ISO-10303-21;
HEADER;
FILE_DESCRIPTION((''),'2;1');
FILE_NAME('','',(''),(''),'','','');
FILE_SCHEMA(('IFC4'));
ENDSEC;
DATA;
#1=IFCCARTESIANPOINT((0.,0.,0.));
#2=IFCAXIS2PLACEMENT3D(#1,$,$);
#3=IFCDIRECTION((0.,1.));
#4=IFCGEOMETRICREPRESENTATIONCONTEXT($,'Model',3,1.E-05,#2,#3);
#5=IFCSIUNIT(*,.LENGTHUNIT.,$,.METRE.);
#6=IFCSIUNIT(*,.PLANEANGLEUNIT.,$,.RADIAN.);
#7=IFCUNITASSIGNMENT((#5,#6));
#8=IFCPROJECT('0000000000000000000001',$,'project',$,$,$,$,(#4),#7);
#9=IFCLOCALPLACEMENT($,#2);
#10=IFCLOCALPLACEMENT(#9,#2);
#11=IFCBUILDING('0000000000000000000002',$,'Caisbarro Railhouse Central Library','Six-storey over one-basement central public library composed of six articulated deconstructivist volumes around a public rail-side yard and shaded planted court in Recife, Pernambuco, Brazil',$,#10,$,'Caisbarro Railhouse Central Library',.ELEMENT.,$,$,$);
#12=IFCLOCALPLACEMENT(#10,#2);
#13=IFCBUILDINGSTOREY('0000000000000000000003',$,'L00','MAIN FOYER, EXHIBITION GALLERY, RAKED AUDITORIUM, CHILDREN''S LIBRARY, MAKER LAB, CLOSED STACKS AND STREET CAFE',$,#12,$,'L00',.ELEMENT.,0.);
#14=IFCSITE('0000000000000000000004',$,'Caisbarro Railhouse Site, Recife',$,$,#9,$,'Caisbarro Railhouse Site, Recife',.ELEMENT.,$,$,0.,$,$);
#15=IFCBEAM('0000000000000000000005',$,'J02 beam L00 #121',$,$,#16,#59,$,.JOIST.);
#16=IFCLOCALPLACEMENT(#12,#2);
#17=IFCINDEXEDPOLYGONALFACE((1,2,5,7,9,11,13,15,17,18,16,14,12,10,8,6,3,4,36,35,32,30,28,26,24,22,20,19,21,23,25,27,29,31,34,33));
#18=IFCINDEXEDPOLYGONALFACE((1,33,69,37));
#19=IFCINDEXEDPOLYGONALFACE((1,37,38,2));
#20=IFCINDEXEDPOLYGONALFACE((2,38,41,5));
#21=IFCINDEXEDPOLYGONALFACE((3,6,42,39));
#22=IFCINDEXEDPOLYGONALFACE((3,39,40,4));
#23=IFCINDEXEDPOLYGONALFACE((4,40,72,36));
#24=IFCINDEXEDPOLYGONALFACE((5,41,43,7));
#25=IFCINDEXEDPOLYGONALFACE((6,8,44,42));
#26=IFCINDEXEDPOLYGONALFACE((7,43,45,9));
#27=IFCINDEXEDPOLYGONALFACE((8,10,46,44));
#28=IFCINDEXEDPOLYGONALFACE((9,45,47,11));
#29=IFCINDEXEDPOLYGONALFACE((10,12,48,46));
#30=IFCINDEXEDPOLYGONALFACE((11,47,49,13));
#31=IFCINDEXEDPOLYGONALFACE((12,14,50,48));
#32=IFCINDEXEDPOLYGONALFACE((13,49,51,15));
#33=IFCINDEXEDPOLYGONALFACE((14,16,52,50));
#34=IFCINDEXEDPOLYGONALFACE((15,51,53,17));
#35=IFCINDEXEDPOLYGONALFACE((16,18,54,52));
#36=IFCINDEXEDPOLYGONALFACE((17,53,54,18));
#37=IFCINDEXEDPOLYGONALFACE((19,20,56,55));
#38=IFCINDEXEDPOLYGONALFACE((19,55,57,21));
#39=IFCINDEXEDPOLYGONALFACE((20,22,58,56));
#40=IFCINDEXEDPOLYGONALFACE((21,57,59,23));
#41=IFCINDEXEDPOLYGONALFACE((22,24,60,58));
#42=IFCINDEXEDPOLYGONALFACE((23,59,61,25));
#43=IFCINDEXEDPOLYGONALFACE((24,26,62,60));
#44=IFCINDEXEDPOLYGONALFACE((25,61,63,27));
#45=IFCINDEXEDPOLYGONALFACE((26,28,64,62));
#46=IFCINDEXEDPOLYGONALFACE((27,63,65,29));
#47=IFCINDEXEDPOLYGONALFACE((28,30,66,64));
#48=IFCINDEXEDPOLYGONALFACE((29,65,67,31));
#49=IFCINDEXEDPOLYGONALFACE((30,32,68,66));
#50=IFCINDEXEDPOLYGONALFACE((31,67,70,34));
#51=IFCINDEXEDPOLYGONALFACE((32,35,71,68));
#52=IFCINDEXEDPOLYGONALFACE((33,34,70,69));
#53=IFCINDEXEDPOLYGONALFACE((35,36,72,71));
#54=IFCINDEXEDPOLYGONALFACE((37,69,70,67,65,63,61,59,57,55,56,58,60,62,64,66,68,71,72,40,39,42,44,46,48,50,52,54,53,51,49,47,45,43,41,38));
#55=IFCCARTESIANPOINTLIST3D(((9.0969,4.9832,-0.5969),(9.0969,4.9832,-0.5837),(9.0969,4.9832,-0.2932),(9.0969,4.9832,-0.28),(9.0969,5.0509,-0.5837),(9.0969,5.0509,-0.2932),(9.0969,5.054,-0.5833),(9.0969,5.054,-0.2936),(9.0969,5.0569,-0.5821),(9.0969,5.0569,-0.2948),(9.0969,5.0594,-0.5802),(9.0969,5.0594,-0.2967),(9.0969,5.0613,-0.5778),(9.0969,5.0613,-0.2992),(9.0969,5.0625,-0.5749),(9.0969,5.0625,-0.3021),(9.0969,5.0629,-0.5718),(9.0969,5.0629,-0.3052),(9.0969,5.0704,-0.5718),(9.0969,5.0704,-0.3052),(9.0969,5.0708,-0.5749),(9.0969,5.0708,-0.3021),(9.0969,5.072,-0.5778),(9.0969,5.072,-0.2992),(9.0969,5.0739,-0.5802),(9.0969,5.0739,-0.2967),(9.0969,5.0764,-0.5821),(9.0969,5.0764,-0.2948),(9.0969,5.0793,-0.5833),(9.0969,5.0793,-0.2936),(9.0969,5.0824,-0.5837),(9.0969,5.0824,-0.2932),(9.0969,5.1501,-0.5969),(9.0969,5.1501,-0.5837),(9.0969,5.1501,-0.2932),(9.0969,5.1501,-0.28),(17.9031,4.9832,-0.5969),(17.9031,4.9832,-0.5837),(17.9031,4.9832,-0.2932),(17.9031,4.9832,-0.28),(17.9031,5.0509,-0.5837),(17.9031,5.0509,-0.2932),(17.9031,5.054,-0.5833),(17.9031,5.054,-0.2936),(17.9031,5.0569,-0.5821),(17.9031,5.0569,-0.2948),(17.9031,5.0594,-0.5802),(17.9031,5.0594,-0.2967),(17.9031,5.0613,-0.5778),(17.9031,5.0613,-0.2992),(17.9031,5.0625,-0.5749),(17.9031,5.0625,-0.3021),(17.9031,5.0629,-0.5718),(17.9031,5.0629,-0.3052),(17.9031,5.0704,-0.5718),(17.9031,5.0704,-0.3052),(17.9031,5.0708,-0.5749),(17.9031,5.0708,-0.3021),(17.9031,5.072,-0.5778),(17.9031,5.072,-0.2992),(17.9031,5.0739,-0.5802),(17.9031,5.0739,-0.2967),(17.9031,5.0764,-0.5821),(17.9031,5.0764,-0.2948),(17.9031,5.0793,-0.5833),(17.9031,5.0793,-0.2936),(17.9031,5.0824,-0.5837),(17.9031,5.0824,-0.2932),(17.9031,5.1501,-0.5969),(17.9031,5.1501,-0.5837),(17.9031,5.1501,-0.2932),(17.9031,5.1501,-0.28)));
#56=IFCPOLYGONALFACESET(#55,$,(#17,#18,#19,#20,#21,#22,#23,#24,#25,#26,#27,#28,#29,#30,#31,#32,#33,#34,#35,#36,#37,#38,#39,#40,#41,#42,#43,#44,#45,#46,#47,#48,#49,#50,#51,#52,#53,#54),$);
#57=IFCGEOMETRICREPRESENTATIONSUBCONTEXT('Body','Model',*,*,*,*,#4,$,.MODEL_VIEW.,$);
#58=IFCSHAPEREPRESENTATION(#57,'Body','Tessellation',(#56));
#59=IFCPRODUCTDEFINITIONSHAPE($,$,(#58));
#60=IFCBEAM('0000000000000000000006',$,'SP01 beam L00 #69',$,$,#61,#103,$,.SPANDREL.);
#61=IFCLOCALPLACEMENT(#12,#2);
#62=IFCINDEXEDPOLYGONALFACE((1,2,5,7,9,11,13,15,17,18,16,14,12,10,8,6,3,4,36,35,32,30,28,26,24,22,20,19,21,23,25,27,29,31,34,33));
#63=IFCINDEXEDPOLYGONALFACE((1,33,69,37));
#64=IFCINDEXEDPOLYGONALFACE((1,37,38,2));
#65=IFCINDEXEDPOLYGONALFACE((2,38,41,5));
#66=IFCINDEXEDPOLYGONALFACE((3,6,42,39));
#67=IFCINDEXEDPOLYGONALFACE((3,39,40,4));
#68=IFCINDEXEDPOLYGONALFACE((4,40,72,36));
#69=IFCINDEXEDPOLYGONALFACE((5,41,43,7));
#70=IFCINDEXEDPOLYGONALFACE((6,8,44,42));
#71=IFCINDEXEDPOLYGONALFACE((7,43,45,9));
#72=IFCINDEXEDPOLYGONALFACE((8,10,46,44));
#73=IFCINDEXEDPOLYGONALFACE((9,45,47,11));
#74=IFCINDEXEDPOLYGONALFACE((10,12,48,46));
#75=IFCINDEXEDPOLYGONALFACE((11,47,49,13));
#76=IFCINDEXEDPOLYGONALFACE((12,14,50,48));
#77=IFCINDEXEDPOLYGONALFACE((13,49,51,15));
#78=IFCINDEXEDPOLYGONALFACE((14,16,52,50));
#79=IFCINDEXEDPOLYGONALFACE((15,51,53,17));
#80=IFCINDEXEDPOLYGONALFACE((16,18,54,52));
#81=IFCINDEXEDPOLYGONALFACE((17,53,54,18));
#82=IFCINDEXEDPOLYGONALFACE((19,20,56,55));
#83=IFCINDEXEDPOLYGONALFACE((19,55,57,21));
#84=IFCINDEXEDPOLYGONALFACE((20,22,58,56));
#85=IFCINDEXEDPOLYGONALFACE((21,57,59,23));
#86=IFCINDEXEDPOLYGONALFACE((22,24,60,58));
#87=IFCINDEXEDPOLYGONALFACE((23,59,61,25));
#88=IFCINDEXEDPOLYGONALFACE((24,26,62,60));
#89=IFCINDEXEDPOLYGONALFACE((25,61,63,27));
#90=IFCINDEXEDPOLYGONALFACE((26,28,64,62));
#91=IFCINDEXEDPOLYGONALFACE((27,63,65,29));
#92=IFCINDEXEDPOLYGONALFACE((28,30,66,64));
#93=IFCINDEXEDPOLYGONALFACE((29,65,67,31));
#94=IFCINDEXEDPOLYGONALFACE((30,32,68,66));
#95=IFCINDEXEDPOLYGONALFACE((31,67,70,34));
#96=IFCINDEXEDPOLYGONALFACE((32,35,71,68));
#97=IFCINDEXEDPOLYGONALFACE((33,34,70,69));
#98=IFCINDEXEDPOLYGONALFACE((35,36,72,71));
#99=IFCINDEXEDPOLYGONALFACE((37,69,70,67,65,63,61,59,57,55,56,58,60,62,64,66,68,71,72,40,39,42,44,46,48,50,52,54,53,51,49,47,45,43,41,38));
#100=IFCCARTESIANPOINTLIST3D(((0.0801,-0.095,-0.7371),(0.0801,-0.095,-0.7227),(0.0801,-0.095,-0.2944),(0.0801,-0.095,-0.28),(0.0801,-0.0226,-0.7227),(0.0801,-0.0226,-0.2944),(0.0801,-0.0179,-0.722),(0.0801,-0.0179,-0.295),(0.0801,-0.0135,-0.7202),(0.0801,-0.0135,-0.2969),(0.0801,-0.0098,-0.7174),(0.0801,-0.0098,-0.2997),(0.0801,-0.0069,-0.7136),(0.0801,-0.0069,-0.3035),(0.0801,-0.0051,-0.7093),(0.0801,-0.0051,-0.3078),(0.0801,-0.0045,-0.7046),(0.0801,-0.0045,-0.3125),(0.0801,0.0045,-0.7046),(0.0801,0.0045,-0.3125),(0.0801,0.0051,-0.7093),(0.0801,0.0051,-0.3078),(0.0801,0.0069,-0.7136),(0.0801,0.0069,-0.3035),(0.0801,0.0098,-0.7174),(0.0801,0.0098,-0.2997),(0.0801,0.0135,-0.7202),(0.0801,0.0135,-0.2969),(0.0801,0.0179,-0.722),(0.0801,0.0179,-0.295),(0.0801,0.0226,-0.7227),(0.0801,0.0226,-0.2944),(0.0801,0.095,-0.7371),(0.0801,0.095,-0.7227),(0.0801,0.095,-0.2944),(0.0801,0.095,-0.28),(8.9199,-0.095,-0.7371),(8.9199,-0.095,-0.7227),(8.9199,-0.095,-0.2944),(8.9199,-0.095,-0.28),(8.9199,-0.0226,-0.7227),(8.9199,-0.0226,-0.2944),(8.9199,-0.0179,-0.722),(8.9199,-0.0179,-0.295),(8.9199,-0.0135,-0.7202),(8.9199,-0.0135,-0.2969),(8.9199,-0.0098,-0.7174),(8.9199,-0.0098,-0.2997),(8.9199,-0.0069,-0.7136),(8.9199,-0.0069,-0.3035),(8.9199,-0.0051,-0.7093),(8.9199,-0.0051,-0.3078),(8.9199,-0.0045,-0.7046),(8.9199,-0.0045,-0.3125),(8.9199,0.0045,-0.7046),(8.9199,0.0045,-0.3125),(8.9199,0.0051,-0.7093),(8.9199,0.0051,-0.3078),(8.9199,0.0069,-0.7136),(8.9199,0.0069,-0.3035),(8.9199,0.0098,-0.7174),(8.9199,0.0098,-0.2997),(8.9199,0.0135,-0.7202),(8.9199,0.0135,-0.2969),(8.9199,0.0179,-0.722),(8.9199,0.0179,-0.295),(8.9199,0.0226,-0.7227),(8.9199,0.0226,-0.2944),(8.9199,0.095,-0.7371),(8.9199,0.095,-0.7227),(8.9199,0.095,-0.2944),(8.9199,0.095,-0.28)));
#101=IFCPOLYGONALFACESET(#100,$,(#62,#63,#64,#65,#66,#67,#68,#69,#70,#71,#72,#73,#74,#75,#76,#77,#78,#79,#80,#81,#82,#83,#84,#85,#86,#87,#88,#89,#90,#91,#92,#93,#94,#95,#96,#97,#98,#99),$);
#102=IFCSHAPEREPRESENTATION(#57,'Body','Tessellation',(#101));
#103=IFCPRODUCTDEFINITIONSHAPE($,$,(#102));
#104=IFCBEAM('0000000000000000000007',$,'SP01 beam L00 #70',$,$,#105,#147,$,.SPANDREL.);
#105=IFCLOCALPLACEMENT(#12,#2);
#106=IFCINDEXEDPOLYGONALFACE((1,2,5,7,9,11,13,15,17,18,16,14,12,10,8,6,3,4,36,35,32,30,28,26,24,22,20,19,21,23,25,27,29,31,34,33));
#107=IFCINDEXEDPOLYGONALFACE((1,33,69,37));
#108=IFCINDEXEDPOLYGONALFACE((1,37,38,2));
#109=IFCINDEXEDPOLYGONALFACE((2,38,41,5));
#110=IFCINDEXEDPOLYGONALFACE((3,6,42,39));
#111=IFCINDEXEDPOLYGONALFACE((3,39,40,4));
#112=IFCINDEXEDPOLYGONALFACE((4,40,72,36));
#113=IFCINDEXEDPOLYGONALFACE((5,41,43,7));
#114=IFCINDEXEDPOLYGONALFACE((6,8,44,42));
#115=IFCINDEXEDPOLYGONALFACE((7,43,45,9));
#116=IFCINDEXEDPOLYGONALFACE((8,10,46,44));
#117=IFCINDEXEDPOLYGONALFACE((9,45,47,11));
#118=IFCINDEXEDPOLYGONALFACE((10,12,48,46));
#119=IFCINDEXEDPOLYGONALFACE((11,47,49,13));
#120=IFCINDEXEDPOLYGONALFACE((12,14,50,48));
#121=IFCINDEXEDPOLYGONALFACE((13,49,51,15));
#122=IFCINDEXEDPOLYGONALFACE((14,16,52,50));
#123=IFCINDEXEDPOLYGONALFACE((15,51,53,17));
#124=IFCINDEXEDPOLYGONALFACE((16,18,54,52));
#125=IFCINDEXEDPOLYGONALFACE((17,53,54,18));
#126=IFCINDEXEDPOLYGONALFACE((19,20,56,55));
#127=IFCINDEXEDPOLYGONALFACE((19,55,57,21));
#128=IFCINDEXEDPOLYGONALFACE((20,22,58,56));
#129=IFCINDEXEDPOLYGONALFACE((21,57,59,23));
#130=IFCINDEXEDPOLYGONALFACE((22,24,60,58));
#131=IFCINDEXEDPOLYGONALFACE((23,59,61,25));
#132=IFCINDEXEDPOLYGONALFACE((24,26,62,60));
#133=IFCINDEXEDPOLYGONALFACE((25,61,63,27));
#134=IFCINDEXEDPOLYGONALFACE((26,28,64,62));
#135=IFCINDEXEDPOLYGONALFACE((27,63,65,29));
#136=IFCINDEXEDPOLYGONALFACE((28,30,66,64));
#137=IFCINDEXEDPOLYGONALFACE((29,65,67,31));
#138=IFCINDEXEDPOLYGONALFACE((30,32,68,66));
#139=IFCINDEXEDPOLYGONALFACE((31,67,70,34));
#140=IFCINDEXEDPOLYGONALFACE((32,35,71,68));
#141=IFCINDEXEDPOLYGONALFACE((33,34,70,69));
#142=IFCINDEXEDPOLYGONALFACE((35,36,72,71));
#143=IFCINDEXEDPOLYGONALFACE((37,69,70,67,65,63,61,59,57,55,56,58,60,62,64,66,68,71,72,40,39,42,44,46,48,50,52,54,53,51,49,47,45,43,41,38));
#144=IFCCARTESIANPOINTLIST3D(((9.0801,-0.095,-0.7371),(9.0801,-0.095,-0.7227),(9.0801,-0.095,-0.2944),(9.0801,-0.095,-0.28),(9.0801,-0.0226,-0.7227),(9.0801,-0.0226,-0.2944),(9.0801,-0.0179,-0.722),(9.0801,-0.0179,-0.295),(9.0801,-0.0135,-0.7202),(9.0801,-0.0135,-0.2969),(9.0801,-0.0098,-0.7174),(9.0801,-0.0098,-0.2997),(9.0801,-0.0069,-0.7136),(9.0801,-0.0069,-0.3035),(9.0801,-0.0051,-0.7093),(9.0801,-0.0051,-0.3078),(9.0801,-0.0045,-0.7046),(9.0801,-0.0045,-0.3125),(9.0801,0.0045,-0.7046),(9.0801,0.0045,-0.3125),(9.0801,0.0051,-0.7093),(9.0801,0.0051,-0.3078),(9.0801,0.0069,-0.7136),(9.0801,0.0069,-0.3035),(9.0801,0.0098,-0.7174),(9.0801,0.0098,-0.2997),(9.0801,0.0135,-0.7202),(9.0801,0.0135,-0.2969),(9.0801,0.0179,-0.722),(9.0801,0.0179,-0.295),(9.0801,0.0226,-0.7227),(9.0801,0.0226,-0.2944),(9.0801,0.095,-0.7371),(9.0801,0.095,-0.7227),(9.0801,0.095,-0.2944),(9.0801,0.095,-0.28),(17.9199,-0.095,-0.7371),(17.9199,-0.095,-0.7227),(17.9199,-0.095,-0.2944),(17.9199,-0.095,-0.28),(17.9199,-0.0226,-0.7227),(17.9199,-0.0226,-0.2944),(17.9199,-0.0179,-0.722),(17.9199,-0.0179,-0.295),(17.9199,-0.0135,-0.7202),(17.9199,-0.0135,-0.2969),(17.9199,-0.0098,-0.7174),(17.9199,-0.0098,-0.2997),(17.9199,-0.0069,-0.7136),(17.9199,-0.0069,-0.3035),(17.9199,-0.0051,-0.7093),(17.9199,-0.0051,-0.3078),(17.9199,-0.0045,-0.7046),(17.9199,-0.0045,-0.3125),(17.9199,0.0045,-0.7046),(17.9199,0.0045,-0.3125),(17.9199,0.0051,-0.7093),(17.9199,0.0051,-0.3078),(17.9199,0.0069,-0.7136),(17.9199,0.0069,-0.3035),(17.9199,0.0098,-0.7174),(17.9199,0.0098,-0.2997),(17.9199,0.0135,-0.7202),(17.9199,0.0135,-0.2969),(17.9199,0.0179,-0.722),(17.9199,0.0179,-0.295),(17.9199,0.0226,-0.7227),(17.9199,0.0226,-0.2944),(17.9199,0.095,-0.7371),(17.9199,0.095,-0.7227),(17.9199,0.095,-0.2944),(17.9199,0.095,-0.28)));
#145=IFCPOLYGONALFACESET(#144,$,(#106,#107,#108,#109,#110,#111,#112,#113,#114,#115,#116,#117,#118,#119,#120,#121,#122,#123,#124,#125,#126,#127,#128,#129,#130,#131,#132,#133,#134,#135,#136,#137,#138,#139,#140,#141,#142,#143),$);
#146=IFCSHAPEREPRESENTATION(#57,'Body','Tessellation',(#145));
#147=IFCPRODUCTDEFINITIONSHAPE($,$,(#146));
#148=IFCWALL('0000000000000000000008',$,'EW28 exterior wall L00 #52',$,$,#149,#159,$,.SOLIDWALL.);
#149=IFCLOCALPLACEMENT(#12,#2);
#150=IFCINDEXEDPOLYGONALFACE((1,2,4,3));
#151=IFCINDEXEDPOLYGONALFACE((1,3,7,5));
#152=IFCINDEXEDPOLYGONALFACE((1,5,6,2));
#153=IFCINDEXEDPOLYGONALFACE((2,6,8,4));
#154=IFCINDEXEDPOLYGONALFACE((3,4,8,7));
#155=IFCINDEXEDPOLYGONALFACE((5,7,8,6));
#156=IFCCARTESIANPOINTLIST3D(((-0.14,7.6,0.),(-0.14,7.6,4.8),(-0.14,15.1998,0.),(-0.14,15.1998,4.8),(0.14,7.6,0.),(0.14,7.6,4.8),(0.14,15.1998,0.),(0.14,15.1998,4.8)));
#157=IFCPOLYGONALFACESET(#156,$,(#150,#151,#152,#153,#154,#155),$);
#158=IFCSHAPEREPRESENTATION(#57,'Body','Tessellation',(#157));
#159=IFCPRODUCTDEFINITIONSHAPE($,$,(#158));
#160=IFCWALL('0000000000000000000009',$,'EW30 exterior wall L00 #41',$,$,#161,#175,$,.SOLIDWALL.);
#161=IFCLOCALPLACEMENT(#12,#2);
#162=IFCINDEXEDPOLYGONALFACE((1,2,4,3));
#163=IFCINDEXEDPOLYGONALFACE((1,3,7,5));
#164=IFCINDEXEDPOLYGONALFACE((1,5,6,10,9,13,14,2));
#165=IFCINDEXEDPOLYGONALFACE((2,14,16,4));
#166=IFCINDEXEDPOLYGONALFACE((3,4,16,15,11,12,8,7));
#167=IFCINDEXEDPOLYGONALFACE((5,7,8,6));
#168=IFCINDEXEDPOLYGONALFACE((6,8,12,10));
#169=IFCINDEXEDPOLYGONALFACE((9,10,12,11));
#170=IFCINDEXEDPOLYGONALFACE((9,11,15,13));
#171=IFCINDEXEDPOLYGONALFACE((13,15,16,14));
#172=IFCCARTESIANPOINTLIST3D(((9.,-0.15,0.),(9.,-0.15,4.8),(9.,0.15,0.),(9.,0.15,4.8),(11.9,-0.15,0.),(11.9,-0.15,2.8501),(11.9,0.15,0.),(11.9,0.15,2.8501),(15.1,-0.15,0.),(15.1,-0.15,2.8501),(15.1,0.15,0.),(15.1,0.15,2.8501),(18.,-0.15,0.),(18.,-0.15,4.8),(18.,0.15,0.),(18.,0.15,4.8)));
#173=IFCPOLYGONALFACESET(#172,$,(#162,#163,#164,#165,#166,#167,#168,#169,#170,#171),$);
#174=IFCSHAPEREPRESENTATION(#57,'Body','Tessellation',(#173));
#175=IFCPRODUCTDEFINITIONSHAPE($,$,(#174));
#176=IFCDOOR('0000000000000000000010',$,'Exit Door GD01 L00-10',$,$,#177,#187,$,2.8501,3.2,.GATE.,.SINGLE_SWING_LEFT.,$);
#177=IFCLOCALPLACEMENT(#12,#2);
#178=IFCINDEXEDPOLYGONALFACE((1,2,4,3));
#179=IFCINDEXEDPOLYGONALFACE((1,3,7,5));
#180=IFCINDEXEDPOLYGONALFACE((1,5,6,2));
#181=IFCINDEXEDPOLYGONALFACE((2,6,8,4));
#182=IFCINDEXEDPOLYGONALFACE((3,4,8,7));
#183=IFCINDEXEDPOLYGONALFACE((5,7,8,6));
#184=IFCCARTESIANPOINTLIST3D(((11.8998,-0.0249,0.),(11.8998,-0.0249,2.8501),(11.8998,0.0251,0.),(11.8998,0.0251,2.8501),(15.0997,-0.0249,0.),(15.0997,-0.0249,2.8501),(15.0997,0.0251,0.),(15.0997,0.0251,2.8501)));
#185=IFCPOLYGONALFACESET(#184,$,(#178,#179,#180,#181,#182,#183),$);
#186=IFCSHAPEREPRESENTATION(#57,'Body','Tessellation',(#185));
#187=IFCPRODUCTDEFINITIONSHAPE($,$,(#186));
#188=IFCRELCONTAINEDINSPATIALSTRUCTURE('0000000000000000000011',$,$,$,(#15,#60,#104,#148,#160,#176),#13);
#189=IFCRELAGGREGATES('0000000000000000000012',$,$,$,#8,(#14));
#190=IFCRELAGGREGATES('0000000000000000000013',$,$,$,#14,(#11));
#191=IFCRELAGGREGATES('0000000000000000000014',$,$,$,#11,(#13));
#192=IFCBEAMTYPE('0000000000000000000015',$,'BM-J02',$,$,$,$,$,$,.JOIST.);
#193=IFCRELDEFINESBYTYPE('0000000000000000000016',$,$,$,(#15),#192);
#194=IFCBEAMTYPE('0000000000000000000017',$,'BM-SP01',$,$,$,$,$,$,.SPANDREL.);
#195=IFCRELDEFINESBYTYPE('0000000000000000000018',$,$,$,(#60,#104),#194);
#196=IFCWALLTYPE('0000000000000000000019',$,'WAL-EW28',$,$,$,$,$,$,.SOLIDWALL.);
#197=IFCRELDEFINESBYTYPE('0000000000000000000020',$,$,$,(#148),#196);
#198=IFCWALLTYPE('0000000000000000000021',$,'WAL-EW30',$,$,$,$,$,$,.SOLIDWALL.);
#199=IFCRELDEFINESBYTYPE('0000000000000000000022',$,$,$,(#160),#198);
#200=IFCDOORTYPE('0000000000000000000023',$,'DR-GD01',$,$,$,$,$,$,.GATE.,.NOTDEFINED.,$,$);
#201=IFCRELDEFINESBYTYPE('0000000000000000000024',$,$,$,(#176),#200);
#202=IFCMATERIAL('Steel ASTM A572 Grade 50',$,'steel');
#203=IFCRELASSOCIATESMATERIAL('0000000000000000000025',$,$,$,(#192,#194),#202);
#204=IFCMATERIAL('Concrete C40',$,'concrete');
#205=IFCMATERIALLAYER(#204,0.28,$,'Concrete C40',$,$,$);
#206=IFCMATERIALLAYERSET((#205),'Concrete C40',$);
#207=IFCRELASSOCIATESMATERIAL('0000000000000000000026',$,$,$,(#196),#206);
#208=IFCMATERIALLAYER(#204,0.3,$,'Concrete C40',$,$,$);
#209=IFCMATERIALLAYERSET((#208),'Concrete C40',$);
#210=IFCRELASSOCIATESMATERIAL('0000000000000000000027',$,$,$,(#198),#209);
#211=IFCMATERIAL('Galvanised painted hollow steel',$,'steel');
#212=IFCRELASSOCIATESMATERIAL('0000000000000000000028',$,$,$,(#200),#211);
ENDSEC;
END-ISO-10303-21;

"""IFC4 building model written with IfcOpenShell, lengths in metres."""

from ifc_helpers import new_model, si_unit, direction, frame, frame_2d, origin, origin_2d, place, context, subcontext, project, spatial, rectangle, i_section, extrude, material, layer, layer_set, material_profile, profile_set, type_object, element, fill, save


model = new_model("IFC4")

# Units and contexts
model_context = context("Model", 3, precision=1e-05, world=origin(), true_north=direction((0.0, 1.0)))
body_context = subcontext(model_context, "Body", "Model", "MODEL_VIEW")
ifc_project = project(units=[si_unit("LENGTHUNIT", "METRE"), si_unit("PLANEANGLEUNIT", "RADIAN")], contexts=[model_context])

# Site, building, storey
site_placement = place(None, origin())
site = spatial("IfcSite", under=ifc_project, at=site_placement, Name="Caisbarro Railhouse Site, Recife", LongName="Caisbarro Railhouse Site, Recife", CompositionType="ELEMENT", RefElevation=0.0)
building_placement = place(site_placement, origin())
building = spatial("IfcBuilding", under=site, at=building_placement, Name="Caisbarro Railhouse Central Library", Description="Six-storey over one-basement central public library composed of six articulated deconstructivist volumes around a public rail-side yard and shaded planted court in Recife, Pernambuco, Brazil", LongName="Caisbarro Railhouse Central Library", CompositionType="ELEMENT")
storey_placement = place(building_placement, origin())
storey = spatial("IfcBuildingStorey", under=building, at=storey_placement, Name="L00", Description="MAIN FOYER, EXHIBITION GALLERY, RAKED AUDITORIUM, CHILDREN'S LIBRARY, MAKER LAB, CLOSED STACKS AND STREET CAFE", LongName="L00", CompositionType="ELEMENT", Elevation=0.0)

# Shared definitions
ifc_material_1 = material(Name="Steel ASTM A572 Grade 50", Category="steel")

# Beams
ifc_material_profile_1 = material_profile(ifc_material_1, i_section(OverallWidth=0.167, OverallDepth=0.3169, WebThickness=0.0076, FlangeThickness=0.0132, FilletRadius=0.012, at=origin_2d()), Name="W310X52.0")
ifc_profile_set_1 = profile_set([ifc_material_profile_1], Name="Steel ASTM A572 Grade 50")
beam_type_1 = type_object("IfcBeamType", Name="BM-J02", PredefinedType="JOIST", material=ifc_profile_set_1)
for number, where, z_axis, x_axis, name in (
    (1, (9.0969, 5.0667, -0.4385), (1.0, 0.0, 0.0), (0.0, 1.0, 0.0), "J02 beam L00 #121"),
):
    element("IfcBeam", number, at=place(storey_placement, frame(where, z_axis=z_axis, x_axis=x_axis)), inside=storey, type_object=beam_type_1, Name=name, PredefinedType="JOIST", context=body_context, shape_type="SweptSolid", body=[
        extrude(i_section(OverallWidth=0.167, OverallDepth=0.3169, WebThickness=0.0076, FlangeThickness=0.0132, FilletRadius=0.012, at=origin_2d()), origin(), (0.0, 0.0, 1.0), 8.8062),
    ])
ifc_material_profile_2 = material_profile(ifc_material_1, i_section(OverallWidth=0.1899, OverallDepth=0.457, WebThickness=0.009, FlangeThickness=0.0144, FilletRadius=0.0181, at=origin_2d()), Name="W460X74.0")
ifc_profile_set_2 = profile_set([ifc_material_profile_2], Name="Steel ASTM A572 Grade 50")
beam_type_2 = type_object("IfcBeamType", Name="BM-SP01", PredefinedType="SPANDREL", material=ifc_profile_set_2)
for number, where, z_axis, x_axis, name in (
    (2, (0.0801, 0.0, -0.5085), (1.0, 0.0, 0.0), (0.0, 1.0, 0.0), "SP01 beam L00 #69"),
    (3, (9.0801, 0.0, -0.5085), (1.0, 0.0, 0.0), (0.0, 1.0, 0.0), "SP01 beam L00 #70"),
):
    element("IfcBeam", number, at=place(storey_placement, frame(where, z_axis=z_axis, x_axis=x_axis)), inside=storey, type_object=beam_type_2, Name=name, PredefinedType="SPANDREL", context=body_context, shape_type="SweptSolid", body=[
        extrude(i_section(OverallWidth=0.1899, OverallDepth=0.457, WebThickness=0.009, FlangeThickness=0.0144, FilletRadius=0.0181, at=origin_2d()), origin(), (0.0, 0.0, 1.0), 8.8398),
    ])

# Wall
ifc_material_2 = material(Name="Concrete C40", Category="concrete")
ifc_layer_1 = layer(ifc_material_2, 0.28, Name="Concrete C40")
ifc_layer_set_1 = layer_set([ifc_layer_1], Name="Concrete C40")
wall_type_1 = type_object("IfcWallType", Name="WAL-EW28", PredefinedType="SOLIDWALL", material=ifc_layer_set_1)
wall_1_placement = place(storey_placement, frame((0.0, 7.6001, 0.0), z_axis=(0.0, 0.0, 1.0), x_axis=(0.0, 1.0, 0.0)))
element("IfcWall", 4, at=wall_1_placement, inside=storey, type_object=wall_type_1, Name="EW28 exterior wall L00 #52", PredefinedType="SOLIDWALL", context=body_context, shape_type="SweptSolid", body=[
    extrude(rectangle(XDim=7.5999, YDim=0.28, at=frame_2d((3.7998, 0.0))), origin(), (0.0, 0.0, 1.0), 4.8),
])

# Wall, opening, door
ifc_layer_2 = layer(ifc_material_2, 0.3, Name="Concrete C40")
ifc_layer_set_2 = layer_set([ifc_layer_2], Name="Concrete C40")
wall_type_2 = type_object("IfcWallType", Name="WAL-EW30", PredefinedType="SOLIDWALL", material=ifc_layer_set_2)
wall_2_placement = place(storey_placement, frame((9.0, 0.0, 0.0), z_axis=(0.0, 0.0, 1.0), x_axis=(1.0, 0.0, 0.0)))
wall_2 = element("IfcWall", 5, at=wall_2_placement, inside=storey, type_object=wall_type_2, Name="EW30 exterior wall L00 #41", PredefinedType="SOLIDWALL", context=body_context, shape_type="SweptSolid", body=[
    extrude(rectangle(XDim=9.0, YDim=0.3, at=frame_2d((4.5, 0.0))), origin(), (0.0, 0.0, 1.0), 4.8),
])
opening_1_placement = place(wall_2_placement, frame((2.8999, 0.0, 0.0)))
opening_1 = element("IfcOpeningElement", 6, at=opening_1_placement, cuts=wall_2, PredefinedType="OPENING", context=body_context, shape_type="SweptSolid", body=[
    extrude(rectangle(XDim=3.2, YDim=2.8501, at=frame_2d((1.6001, 1.425))), frame((0.0, 0.1602, 0.0), z_axis=(0.0, -1.0, 0.0), x_axis=(1.0, 0.0, 0.0)), (0.0, 0.0, 1.0), 0.3201),
])
ifc_material_3 = material(Name="Galvanised painted hollow steel", Category="steel")
door_type_1 = type_object("IfcDoorType", Name="DR-GD01", OperationType="NOTDEFINED", PredefinedType="GATE", material=ifc_material_3)
door_1_placement = place(opening_1_placement, frame((3.2, 0.0, 0.0), z_axis=(0.0, 0.0, 1.0), x_axis=(-1.0, 0.0, 0.0)))
door_1 = element("IfcDoor", 7, at=door_1_placement, inside=storey, type_object=door_type_1, Name="Exit Door GD01 L00-10", OperationType="SINGLE_SWING_LEFT", OverallHeight=2.8501, OverallWidth=3.2, PredefinedType="GATE", context=body_context, shape_type="SweptSolid", body=[
    extrude(rectangle(XDim=3.2, YDim=2.8501, at=frame_2d((1.6001, 1.425))), frame((0.0, 0.0249, 0.0), z_axis=(0.0, -1.0, 0.0), x_axis=(1.0, 0.0, 0.0)), (0.0, 0.0, 1.0), 0.05),
])
fill(opening_1, door_1)

save(model, "model.ifc")
